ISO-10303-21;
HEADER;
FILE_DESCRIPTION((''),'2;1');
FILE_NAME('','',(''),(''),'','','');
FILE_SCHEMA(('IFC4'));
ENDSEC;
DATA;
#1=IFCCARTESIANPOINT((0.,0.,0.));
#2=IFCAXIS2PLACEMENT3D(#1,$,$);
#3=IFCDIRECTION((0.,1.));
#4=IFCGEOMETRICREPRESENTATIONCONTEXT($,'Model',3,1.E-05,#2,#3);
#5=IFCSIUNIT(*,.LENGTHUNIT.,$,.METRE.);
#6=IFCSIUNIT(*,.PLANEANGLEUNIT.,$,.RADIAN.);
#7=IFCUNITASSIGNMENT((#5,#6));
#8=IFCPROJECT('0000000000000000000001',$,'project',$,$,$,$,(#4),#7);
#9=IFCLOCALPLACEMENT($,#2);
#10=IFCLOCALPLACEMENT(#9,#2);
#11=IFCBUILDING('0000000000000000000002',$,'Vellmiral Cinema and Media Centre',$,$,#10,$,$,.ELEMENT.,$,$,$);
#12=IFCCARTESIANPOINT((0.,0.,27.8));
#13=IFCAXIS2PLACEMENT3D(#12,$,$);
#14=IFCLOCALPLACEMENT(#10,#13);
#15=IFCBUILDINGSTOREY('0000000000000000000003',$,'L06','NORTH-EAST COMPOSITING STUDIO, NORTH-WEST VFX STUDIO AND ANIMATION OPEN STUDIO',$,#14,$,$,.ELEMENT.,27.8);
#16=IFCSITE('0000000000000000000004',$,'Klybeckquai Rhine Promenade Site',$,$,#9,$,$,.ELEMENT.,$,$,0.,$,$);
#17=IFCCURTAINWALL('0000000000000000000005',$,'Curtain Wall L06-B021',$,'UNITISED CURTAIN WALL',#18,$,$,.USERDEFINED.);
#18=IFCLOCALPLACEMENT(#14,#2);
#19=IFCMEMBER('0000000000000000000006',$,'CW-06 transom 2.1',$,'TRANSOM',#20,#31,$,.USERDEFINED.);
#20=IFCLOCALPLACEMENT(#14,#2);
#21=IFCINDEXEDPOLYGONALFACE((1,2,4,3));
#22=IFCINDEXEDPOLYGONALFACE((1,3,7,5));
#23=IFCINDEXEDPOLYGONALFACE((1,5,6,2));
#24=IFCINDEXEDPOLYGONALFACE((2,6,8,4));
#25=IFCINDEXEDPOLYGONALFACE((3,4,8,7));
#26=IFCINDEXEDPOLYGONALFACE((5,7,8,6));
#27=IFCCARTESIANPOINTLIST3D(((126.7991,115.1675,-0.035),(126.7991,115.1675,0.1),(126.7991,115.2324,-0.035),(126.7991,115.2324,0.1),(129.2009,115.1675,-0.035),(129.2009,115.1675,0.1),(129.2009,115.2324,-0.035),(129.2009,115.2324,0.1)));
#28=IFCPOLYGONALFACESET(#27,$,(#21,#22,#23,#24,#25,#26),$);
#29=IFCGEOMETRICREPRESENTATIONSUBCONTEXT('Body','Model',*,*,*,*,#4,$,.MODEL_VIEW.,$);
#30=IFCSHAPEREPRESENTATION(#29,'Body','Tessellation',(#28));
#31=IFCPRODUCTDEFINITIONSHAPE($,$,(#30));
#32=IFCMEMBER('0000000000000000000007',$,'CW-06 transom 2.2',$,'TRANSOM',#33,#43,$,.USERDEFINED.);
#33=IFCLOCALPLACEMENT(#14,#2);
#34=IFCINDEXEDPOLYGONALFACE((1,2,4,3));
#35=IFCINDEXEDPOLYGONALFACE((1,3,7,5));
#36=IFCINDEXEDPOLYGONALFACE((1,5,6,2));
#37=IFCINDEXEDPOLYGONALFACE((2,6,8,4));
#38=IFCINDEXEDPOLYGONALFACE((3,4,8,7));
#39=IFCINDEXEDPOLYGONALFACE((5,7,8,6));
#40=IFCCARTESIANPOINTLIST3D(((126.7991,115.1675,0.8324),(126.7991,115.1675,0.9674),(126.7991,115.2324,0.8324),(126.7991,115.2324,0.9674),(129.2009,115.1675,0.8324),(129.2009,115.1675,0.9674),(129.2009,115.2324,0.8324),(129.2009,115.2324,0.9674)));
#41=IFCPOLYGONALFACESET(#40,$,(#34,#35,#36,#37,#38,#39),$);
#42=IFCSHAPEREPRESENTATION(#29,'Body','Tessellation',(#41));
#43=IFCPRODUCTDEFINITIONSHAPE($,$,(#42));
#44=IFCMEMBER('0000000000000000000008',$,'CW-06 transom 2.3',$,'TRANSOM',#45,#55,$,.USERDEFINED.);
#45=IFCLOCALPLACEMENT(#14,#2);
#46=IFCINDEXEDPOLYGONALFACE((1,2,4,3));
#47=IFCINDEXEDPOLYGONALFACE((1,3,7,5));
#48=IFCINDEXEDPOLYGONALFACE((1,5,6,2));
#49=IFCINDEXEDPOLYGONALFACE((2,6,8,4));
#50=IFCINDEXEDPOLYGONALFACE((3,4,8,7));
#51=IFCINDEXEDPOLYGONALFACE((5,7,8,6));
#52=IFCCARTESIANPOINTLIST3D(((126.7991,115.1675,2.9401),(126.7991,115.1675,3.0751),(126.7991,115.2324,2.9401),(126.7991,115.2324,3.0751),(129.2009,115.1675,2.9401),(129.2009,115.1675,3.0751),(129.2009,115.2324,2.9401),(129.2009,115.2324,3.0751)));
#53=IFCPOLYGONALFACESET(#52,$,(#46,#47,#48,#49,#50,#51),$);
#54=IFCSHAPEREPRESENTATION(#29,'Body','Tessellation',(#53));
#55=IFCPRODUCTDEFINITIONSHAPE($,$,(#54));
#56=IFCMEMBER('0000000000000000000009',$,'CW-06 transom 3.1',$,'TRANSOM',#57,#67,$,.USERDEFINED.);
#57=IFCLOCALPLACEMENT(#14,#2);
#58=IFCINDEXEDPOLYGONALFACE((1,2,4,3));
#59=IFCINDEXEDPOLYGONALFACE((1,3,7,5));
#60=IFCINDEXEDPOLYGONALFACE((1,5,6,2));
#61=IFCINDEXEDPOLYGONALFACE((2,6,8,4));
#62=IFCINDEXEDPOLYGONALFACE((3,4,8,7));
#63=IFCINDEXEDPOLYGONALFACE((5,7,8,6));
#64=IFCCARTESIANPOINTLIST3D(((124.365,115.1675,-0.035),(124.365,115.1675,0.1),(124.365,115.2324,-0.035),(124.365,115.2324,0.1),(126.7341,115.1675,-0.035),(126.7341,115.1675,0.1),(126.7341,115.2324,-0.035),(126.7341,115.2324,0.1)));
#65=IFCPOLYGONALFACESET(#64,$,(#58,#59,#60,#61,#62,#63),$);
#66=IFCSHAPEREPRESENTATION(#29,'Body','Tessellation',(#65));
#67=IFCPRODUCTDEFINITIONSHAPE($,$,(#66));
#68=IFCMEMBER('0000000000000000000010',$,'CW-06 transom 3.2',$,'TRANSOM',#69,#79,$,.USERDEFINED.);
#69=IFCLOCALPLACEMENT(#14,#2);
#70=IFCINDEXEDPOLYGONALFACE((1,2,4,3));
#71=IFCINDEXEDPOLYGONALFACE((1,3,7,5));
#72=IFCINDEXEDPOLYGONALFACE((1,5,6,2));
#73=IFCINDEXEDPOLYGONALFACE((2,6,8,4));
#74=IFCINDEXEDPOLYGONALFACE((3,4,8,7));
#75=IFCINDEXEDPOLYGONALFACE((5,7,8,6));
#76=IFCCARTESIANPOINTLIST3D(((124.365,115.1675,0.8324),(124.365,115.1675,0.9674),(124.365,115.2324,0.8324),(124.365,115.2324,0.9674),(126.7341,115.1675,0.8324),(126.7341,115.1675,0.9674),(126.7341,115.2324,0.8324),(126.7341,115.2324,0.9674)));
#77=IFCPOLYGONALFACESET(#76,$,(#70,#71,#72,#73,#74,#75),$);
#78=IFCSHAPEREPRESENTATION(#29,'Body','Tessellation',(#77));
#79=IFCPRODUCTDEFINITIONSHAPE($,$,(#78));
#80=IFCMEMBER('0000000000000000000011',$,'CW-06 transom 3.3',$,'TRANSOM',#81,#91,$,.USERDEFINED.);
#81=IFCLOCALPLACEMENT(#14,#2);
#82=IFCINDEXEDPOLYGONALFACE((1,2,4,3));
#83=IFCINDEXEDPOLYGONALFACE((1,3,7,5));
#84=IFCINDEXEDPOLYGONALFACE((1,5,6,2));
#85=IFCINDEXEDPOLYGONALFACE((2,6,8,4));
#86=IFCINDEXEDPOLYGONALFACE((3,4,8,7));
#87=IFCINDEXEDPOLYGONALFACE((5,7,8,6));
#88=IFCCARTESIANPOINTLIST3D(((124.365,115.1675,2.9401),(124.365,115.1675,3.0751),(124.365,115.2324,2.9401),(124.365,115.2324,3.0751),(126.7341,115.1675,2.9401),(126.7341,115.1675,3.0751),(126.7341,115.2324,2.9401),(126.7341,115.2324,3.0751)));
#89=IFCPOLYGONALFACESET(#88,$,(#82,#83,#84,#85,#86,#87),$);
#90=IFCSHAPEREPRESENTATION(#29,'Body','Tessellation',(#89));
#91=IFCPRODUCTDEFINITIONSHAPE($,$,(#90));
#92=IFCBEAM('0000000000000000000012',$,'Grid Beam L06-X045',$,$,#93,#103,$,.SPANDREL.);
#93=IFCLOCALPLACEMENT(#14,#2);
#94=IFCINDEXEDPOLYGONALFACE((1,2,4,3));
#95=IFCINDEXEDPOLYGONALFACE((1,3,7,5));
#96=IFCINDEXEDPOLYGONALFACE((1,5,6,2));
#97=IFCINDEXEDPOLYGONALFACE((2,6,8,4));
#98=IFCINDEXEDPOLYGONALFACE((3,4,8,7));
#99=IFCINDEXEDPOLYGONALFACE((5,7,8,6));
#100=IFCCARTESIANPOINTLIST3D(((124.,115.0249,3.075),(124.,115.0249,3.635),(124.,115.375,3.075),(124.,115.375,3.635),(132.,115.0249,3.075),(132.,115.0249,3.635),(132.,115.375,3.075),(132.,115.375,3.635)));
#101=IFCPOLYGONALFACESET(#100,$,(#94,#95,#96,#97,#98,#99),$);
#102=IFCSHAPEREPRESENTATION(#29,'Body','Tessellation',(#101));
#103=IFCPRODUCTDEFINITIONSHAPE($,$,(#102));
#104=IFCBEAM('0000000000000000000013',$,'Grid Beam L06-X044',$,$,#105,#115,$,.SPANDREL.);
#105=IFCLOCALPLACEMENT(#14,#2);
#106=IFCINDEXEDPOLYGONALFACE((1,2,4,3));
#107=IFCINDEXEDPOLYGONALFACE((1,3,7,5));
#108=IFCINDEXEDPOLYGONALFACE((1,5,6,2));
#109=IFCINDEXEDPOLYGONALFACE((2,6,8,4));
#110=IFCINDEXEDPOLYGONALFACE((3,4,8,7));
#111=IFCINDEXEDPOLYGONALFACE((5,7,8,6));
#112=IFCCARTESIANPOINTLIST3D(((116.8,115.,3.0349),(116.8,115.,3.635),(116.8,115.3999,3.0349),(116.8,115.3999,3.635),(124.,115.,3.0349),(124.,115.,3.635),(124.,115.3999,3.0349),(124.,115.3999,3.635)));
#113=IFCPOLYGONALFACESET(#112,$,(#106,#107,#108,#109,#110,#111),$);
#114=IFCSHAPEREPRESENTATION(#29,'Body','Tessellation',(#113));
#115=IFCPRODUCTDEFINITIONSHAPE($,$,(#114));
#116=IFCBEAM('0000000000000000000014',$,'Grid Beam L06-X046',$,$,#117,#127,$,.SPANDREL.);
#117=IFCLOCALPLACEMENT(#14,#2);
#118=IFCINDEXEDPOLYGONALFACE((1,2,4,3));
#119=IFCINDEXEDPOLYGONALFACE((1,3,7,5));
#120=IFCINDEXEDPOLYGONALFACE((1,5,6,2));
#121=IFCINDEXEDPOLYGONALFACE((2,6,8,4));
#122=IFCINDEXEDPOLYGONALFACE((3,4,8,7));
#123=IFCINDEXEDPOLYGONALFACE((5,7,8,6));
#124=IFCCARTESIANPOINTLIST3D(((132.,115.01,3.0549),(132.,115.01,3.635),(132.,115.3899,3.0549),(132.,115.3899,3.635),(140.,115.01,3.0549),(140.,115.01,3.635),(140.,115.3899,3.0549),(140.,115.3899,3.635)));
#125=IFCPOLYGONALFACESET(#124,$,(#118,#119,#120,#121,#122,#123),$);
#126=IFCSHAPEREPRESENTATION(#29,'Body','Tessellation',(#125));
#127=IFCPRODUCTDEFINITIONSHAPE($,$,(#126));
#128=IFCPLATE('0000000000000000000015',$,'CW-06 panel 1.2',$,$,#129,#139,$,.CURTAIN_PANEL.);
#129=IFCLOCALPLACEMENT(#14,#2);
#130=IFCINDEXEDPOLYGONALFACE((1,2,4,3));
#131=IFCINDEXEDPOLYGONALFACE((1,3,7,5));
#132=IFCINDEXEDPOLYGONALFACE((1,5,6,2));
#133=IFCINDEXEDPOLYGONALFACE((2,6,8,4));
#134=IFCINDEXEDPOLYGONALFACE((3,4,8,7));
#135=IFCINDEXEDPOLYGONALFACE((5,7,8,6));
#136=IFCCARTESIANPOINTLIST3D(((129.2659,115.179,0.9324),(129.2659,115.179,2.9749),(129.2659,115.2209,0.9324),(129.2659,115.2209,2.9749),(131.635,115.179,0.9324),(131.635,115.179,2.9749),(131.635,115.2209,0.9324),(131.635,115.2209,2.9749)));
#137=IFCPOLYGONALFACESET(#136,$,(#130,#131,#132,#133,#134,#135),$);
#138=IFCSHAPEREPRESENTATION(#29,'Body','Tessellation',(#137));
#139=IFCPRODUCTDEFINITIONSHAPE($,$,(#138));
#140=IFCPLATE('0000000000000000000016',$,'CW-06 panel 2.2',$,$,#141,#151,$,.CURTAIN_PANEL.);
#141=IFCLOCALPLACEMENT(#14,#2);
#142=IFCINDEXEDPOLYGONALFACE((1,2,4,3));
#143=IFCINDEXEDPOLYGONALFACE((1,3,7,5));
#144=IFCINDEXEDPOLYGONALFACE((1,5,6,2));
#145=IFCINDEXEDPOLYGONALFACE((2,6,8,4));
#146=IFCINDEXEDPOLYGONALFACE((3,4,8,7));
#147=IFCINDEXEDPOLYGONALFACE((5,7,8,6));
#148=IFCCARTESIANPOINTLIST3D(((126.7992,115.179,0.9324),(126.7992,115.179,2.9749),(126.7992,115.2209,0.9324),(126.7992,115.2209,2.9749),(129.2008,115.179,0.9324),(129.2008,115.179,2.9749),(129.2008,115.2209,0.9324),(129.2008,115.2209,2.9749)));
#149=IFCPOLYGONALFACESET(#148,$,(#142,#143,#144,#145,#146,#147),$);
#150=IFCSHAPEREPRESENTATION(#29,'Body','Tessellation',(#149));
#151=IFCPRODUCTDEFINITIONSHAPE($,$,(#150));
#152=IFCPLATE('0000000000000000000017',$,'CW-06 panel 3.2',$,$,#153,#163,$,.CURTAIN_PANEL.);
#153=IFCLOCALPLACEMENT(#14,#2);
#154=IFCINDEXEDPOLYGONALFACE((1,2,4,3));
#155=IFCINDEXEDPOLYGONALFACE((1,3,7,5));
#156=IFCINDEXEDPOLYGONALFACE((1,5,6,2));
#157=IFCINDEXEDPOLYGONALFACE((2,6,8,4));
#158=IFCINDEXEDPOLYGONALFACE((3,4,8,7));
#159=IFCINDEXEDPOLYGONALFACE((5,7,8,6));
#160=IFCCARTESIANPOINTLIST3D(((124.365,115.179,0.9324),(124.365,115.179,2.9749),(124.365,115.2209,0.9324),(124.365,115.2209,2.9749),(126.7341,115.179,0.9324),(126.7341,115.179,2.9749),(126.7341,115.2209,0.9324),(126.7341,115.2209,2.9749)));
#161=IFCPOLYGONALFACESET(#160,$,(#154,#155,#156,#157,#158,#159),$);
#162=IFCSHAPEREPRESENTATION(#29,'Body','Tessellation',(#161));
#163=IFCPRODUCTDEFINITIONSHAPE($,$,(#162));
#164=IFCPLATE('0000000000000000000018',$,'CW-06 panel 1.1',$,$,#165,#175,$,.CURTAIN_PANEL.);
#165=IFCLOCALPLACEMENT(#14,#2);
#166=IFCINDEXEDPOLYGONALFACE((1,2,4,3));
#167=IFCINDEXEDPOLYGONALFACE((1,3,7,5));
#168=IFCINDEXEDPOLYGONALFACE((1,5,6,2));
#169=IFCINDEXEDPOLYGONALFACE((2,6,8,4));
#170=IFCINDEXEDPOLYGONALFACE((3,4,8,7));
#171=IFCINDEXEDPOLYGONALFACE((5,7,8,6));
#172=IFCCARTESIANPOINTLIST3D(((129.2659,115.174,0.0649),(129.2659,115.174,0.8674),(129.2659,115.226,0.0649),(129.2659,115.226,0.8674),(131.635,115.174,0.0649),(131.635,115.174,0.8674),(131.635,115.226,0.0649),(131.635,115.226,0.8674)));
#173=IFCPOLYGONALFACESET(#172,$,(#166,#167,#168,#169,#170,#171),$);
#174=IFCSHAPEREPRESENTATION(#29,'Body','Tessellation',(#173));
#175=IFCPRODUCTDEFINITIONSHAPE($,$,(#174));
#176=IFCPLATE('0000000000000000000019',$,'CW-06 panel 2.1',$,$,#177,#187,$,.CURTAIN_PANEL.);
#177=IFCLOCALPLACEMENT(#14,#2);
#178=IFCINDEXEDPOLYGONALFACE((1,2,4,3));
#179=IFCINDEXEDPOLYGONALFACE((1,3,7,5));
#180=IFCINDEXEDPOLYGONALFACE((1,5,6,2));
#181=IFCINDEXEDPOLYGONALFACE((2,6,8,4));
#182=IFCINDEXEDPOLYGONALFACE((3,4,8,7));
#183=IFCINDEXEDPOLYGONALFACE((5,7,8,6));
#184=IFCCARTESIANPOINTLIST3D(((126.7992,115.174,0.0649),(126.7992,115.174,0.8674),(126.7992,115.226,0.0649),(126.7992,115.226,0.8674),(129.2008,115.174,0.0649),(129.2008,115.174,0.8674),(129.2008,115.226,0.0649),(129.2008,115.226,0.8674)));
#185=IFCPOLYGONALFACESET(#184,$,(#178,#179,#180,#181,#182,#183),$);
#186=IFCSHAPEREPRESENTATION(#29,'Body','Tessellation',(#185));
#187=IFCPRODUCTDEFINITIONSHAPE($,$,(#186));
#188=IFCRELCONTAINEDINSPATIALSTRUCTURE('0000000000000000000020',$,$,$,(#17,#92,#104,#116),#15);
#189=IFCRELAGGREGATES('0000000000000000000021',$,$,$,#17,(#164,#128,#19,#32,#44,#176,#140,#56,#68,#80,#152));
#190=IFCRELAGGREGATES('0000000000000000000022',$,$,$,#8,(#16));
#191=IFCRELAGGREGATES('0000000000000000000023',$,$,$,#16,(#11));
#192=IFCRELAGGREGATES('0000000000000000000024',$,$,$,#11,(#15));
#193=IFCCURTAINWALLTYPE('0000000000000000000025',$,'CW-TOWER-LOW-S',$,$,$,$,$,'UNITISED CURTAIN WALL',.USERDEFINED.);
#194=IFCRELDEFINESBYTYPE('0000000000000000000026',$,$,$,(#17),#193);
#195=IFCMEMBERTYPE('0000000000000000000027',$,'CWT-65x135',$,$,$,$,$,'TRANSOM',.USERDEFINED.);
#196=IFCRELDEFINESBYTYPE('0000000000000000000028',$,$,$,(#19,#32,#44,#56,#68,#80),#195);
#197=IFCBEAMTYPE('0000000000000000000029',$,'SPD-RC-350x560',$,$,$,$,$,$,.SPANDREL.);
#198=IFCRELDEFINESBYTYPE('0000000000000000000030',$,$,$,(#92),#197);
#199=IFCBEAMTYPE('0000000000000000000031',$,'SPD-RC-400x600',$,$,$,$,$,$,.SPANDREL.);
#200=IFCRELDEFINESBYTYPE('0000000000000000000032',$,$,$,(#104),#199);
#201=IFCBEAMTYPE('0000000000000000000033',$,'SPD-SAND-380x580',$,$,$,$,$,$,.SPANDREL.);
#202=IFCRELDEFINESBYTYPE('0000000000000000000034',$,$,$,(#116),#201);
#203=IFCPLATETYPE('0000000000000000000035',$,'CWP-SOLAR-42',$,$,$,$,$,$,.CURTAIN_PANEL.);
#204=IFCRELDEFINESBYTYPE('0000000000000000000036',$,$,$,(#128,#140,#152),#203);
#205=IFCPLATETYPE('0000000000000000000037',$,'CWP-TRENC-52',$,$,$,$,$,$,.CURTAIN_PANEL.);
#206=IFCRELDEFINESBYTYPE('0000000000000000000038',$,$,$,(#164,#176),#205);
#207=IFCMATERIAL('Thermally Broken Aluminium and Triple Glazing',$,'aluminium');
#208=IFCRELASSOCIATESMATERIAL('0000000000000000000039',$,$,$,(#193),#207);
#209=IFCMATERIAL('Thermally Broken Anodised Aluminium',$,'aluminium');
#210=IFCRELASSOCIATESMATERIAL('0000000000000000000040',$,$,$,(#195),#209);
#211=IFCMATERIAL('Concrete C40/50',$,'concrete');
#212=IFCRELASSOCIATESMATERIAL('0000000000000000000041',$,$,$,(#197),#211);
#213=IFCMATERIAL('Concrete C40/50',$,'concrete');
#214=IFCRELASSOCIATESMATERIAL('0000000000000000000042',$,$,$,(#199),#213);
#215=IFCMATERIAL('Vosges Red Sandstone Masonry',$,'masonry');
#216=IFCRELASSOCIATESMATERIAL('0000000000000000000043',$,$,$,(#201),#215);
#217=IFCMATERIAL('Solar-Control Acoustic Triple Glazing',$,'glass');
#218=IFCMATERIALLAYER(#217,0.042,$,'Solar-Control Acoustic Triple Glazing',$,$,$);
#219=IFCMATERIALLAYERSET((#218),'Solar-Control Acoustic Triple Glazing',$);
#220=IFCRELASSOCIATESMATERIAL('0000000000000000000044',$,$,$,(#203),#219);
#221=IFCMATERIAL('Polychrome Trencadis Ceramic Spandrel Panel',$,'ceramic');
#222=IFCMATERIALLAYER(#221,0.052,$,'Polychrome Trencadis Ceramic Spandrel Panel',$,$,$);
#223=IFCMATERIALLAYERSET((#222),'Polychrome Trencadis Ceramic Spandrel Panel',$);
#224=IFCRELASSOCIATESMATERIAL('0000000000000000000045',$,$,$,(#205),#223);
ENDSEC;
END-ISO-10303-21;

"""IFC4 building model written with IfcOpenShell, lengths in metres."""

from ifc_helpers import new_model, si_unit, direction, frame, origin, origin_2d, place, context, subcontext, project, spatial, rectangle, extrude, material, layer, layer_set, material_profile, profile_set, type_object, element, aggregate, save


model = new_model("IFC4")

# Units and contexts
model_context = context("Model", 3, precision=1e-05, world=origin(), true_north=direction((0.0, 1.0)))
body_context = subcontext(model_context, "Body", "Model", "MODEL_VIEW")
ifc_project = project(units=[si_unit("LENGTHUNIT", "METRE"), si_unit("PLANEANGLEUNIT", "RADIAN")], contexts=[model_context])

# Site, building, storey
site_placement = place(None, origin())
site = spatial("IfcSite", under=ifc_project, at=site_placement, Name="Klybeckquai Rhine Promenade Site", CompositionType="ELEMENT", RefElevation=0.0)
building_placement = place(site_placement, origin())
building = spatial("IfcBuilding", under=site, at=building_placement, Name="Vellmiral Cinema and Media Centre", CompositionType="ELEMENT")
storey_placement = place(building_placement, frame((0.0, 0.0, 27.8)))
storey = spatial("IfcBuildingStorey", under=building, at=storey_placement, Name="L06", Description="NORTH-EAST COMPOSITING STUDIO, NORTH-WEST VFX STUDIO AND ANIMATION OPEN STUDIO", CompositionType="ELEMENT", Elevation=27.8)

# Curtain wall, members
ifc_material_1 = material(Name="Thermally Broken Aluminium and Triple Glazing", Category="aluminium")
curtain_wall_type = type_object("IfcCurtainWallType", Name="CW-TOWER-LOW-S", ElementType="UNITISED CURTAIN WALL", PredefinedType="USERDEFINED", material=ifc_material_1)
curtain_wall_placement = place(storey_placement, origin())
curtain_wall = element("IfcCurtainWall", 1, at=curtain_wall_placement, inside=storey, type_object=curtain_wall_type, Name="Curtain Wall L06-B021", ObjectType="UNITISED CURTAIN WALL", PredefinedType="USERDEFINED")
ifc_material_2 = material(Name="Thermally Broken Anodised Aluminium", Category="aluminium")
ifc_material_profile_1 = material_profile(ifc_material_2, rectangle(XDim=0.0649, YDim=0.135, at=origin_2d()), Name="MULL 65x135")
ifc_profile_set_1 = profile_set([ifc_material_profile_1], Name="Thermally Broken Anodised Aluminium")
member_type_1 = type_object("IfcMemberType", Name="CWT-65x135", ElementType="TRANSOM", PredefinedType="USERDEFINED", material=ifc_profile_set_1)
member_1_placement = place(storey_placement, frame((129.2009, 115.2, 0.0325), z_axis=(-1.0, 0.0, 0.0), x_axis=(0.0, -1.0, 0.0)))
member_1 = element("IfcMember", 2, at=member_1_placement, type_object=member_type_1, Name="CW-06 transom 2.1", ObjectType="TRANSOM", PredefinedType="USERDEFINED", context=body_context, shape_type="SweptSolid", body=[
    extrude(rectangle(XDim=0.0649, YDim=0.135, at=origin_2d()), origin(), (0.0, 0.0, 1.0), 2.4019),
])
member_2_placement = place(storey_placement, frame((129.2009, 115.2, 0.8999), z_axis=(-1.0, 0.0, 0.0), x_axis=(0.0, -1.0, 0.0)))
member_2 = element("IfcMember", 3, at=member_2_placement, type_object=member_type_1, Name="CW-06 transom 2.2", ObjectType="TRANSOM", PredefinedType="USERDEFINED", context=body_context, shape_type="SweptSolid", body=[
    extrude(rectangle(XDim=0.0649, YDim=0.135, at=origin_2d()), origin(), (0.0, 0.0, 1.0), 2.4019),
])
member_3_placement = place(storey_placement, frame((129.2009, 115.2, 3.0076), z_axis=(-1.0, 0.0, 0.0), x_axis=(0.0, -1.0, 0.0)))
member_3 = element("IfcMember", 4, at=member_3_placement, type_object=member_type_1, Name="CW-06 transom 2.3", ObjectType="TRANSOM", PredefinedType="USERDEFINED", context=body_context, shape_type="SweptSolid", body=[
    extrude(rectangle(XDim=0.0649, YDim=0.135, at=origin_2d()), origin(), (0.0, 0.0, 1.0), 2.4019),
])
member_4_placement = place(storey_placement, frame((126.7341, 115.2, 0.0325), z_axis=(-1.0, 0.0, 0.0), x_axis=(0.0, -1.0, 0.0)))
member_4 = element("IfcMember", 5, at=member_4_placement, type_object=member_type_1, Name="CW-06 transom 3.1", ObjectType="TRANSOM", PredefinedType="USERDEFINED", context=body_context, shape_type="SweptSolid", body=[
    extrude(rectangle(XDim=0.0649, YDim=0.135, at=origin_2d()), origin(), (0.0, 0.0, 1.0), 2.3691),
])
member_5_placement = place(storey_placement, frame((126.7341, 115.2, 0.8999), z_axis=(-1.0, 0.0, 0.0), x_axis=(0.0, -1.0, 0.0)))
member_5 = element("IfcMember", 6, at=member_5_placement, type_object=member_type_1, Name="CW-06 transom 3.2", ObjectType="TRANSOM", PredefinedType="USERDEFINED", context=body_context, shape_type="SweptSolid", body=[
    extrude(rectangle(XDim=0.0649, YDim=0.135, at=origin_2d()), origin(), (0.0, 0.0, 1.0), 2.3691),
])
member_6_placement = place(storey_placement, frame((126.7341, 115.2, 3.0076), z_axis=(-1.0, 0.0, 0.0), x_axis=(0.0, -1.0, 0.0)))
member_6 = element("IfcMember", 7, at=member_6_placement, type_object=member_type_1, Name="CW-06 transom 3.3", ObjectType="TRANSOM", PredefinedType="USERDEFINED", context=body_context, shape_type="SweptSolid", body=[
    extrude(rectangle(XDim=0.0649, YDim=0.135, at=origin_2d()), origin(), (0.0, 0.0, 1.0), 2.3691),
])

# Beams
ifc_material_3 = material(Name="Concrete C40/50", Category="concrete")
ifc_material_profile_2 = material_profile(ifc_material_3, rectangle(XDim=0.3501, YDim=0.5601, at=origin_2d()), Name="RC 350x560")
ifc_profile_set_2 = profile_set([ifc_material_profile_2], Name="Concrete C40/50")
beam_type_1 = type_object("IfcBeamType", Name="SPD-RC-350x560", PredefinedType="SPANDREL", material=ifc_profile_set_2)
beam_1_placement = place(storey_placement, frame((124.0, 115.2, 3.355), z_axis=(1.0, 0.0, 0.0), x_axis=(0.0, 1.0, 0.0)))
element("IfcBeam", 8, at=beam_1_placement, inside=storey, type_object=beam_type_1, Name="Grid Beam L06-X045", PredefinedType="SPANDREL", context=body_context, shape_type="SweptSolid", body=[
    extrude(rectangle(XDim=0.3501, YDim=0.5601, at=origin_2d()), origin(), (0.0, 0.0, 1.0), 8.0),
])
ifc_material_4 = material(Name="Concrete C40/50", Category="concrete")
ifc_material_profile_3 = material_profile(ifc_material_4, rectangle(XDim=0.3999, YDim=0.6001, at=origin_2d()), Name="RC 400x600")
ifc_profile_set_3 = profile_set([ifc_material_profile_3], Name="Concrete C40/50")
beam_type_2 = type_object("IfcBeamType", Name="SPD-RC-400x600", PredefinedType="SPANDREL", material=ifc_profile_set_3)
beam_2_placement = place(storey_placement, frame((116.8, 115.2, 3.335), z_axis=(1.0, 0.0, 0.0), x_axis=(0.0, 1.0, 0.0)))
element("IfcBeam", 9, at=beam_2_placement, inside=storey, type_object=beam_type_2, Name="Grid Beam L06-X044", PredefinedType="SPANDREL", context=body_context, shape_type="SweptSolid", body=[
    extrude(rectangle(XDim=0.3999, YDim=0.6001, at=origin_2d()), origin(), (0.0, 0.0, 1.0), 7.2),
])
ifc_material_5 = material(Name="Vosges Red Sandstone Masonry", Category="masonry")
ifc_material_profile_4 = material_profile(ifc_material_5, rectangle(XDim=0.3799, YDim=0.5801, at=origin_2d()), Name="SAND 380x580")
ifc_profile_set_4 = profile_set([ifc_material_profile_4], Name="Vosges Red Sandstone Masonry")
beam_type_3 = type_object("IfcBeamType", Name="SPD-SAND-380x580", PredefinedType="SPANDREL", material=ifc_profile_set_4)
beam_3_placement = place(storey_placement, frame((132.0, 115.2, 3.345), z_axis=(1.0, 0.0, 0.0), x_axis=(0.0, 1.0, 0.0)))
element("IfcBeam", 10, at=beam_3_placement, inside=storey, type_object=beam_type_3, Name="Grid Beam L06-X046", PredefinedType="SPANDREL", context=body_context, shape_type="SweptSolid", body=[
    extrude(rectangle(XDim=0.3799, YDim=0.5801, at=origin_2d()), origin(), (0.0, 0.0, 1.0), 8.0),
])

# Plates
ifc_material_6 = material(Name="Solar-Control Acoustic Triple Glazing", Category="glass")
ifc_layer_1 = layer(ifc_material_6, 0.042, Name="Solar-Control Acoustic Triple Glazing")
ifc_layer_set_1 = layer_set([ifc_layer_1], Name="Solar-Control Acoustic Triple Glazing")
plate_type_1 = type_object("IfcPlateType", Name="CWP-SOLAR-42", PredefinedType="CURTAIN_PANEL", material=ifc_layer_set_1)
plate_1_placement = place(storey_placement, frame((130.4504, 115.2, 0.9324), z_axis=(0.0, 0.0, 1.0), x_axis=(-1.0, 0.0, 0.0)))
plate_1 = element("IfcPlate", 11, at=plate_1_placement, type_object=plate_type_1, Name="CW-06 panel 1.2", PredefinedType="CURTAIN_PANEL", context=body_context, shape_type="SweptSolid", body=[
    extrude(rectangle(XDim=2.3691, YDim=0.042, at=origin_2d()), origin(), (0.0, 0.0, 1.0), 2.0425),
])
plate_2_placement = place(storey_placement, frame((128.0, 115.2, 0.9324), z_axis=(0.0, 0.0, 1.0), x_axis=(-1.0, 0.0, 0.0)))
plate_2 = element("IfcPlate", 12, at=plate_2_placement, type_object=plate_type_1, Name="CW-06 panel 2.2", PredefinedType="CURTAIN_PANEL", context=body_context, shape_type="SweptSolid", body=[
    extrude(rectangle(XDim=2.4016, YDim=0.042, at=origin_2d()), origin(), (0.0, 0.0, 1.0), 2.0425),
])
plate_3_placement = place(storey_placement, frame((125.5496, 115.2, 0.9324), z_axis=(0.0, 0.0, 1.0), x_axis=(-1.0, 0.0, 0.0)))
plate_3 = element("IfcPlate", 13, at=plate_3_placement, type_object=plate_type_1, Name="CW-06 panel 3.2", PredefinedType="CURTAIN_PANEL", context=body_context, shape_type="SweptSolid", body=[
    extrude(rectangle(XDim=2.3691, YDim=0.042, at=origin_2d()), origin(), (0.0, 0.0, 1.0), 2.0425),
])
ifc_material_7 = material(Name="Polychrome Trencadis Ceramic Spandrel Panel", Category="ceramic")
ifc_layer_2 = layer(ifc_material_7, 0.052, Name="Polychrome Trencadis Ceramic Spandrel Panel")
ifc_layer_set_2 = layer_set([ifc_layer_2], Name="Polychrome Trencadis Ceramic Spandrel Panel")
plate_type_2 = type_object("IfcPlateType", Name="CWP-TRENC-52", PredefinedType="CURTAIN_PANEL", material=ifc_layer_set_2)
plate_4_placement = place(storey_placement, frame((130.4504, 115.2, 0.0649), z_axis=(0.0, 0.0, 1.0), x_axis=(-1.0, 0.0, 0.0)))
plate_4 = element("IfcPlate", 14, at=plate_4_placement, type_object=plate_type_2, Name="CW-06 panel 1.1", PredefinedType="CURTAIN_PANEL", context=body_context, shape_type="SweptSolid", body=[
    extrude(rectangle(XDim=2.3691, YDim=0.052, at=origin_2d()), origin(), (0.0, 0.0, 1.0), 0.8025),
])
plate_5_placement = place(storey_placement, frame((128.0, 115.2, 0.0649), z_axis=(0.0, 0.0, 1.0), x_axis=(-1.0, 0.0, 0.0)))
plate_5 = element("IfcPlate", 15, at=plate_5_placement, type_object=plate_type_2, Name="CW-06 panel 2.1", PredefinedType="CURTAIN_PANEL", context=body_context, shape_type="SweptSolid", body=[
    extrude(rectangle(XDim=2.4016, YDim=0.052, at=origin_2d()), origin(), (0.0, 0.0, 1.0), 0.8025),
])
aggregate(curtain_wall, [plate_4, plate_1, member_1, member_2, member_3, plate_5, plate_2, member_4, member_5, member_6, plate_3])

save(model, "model.ifc")
